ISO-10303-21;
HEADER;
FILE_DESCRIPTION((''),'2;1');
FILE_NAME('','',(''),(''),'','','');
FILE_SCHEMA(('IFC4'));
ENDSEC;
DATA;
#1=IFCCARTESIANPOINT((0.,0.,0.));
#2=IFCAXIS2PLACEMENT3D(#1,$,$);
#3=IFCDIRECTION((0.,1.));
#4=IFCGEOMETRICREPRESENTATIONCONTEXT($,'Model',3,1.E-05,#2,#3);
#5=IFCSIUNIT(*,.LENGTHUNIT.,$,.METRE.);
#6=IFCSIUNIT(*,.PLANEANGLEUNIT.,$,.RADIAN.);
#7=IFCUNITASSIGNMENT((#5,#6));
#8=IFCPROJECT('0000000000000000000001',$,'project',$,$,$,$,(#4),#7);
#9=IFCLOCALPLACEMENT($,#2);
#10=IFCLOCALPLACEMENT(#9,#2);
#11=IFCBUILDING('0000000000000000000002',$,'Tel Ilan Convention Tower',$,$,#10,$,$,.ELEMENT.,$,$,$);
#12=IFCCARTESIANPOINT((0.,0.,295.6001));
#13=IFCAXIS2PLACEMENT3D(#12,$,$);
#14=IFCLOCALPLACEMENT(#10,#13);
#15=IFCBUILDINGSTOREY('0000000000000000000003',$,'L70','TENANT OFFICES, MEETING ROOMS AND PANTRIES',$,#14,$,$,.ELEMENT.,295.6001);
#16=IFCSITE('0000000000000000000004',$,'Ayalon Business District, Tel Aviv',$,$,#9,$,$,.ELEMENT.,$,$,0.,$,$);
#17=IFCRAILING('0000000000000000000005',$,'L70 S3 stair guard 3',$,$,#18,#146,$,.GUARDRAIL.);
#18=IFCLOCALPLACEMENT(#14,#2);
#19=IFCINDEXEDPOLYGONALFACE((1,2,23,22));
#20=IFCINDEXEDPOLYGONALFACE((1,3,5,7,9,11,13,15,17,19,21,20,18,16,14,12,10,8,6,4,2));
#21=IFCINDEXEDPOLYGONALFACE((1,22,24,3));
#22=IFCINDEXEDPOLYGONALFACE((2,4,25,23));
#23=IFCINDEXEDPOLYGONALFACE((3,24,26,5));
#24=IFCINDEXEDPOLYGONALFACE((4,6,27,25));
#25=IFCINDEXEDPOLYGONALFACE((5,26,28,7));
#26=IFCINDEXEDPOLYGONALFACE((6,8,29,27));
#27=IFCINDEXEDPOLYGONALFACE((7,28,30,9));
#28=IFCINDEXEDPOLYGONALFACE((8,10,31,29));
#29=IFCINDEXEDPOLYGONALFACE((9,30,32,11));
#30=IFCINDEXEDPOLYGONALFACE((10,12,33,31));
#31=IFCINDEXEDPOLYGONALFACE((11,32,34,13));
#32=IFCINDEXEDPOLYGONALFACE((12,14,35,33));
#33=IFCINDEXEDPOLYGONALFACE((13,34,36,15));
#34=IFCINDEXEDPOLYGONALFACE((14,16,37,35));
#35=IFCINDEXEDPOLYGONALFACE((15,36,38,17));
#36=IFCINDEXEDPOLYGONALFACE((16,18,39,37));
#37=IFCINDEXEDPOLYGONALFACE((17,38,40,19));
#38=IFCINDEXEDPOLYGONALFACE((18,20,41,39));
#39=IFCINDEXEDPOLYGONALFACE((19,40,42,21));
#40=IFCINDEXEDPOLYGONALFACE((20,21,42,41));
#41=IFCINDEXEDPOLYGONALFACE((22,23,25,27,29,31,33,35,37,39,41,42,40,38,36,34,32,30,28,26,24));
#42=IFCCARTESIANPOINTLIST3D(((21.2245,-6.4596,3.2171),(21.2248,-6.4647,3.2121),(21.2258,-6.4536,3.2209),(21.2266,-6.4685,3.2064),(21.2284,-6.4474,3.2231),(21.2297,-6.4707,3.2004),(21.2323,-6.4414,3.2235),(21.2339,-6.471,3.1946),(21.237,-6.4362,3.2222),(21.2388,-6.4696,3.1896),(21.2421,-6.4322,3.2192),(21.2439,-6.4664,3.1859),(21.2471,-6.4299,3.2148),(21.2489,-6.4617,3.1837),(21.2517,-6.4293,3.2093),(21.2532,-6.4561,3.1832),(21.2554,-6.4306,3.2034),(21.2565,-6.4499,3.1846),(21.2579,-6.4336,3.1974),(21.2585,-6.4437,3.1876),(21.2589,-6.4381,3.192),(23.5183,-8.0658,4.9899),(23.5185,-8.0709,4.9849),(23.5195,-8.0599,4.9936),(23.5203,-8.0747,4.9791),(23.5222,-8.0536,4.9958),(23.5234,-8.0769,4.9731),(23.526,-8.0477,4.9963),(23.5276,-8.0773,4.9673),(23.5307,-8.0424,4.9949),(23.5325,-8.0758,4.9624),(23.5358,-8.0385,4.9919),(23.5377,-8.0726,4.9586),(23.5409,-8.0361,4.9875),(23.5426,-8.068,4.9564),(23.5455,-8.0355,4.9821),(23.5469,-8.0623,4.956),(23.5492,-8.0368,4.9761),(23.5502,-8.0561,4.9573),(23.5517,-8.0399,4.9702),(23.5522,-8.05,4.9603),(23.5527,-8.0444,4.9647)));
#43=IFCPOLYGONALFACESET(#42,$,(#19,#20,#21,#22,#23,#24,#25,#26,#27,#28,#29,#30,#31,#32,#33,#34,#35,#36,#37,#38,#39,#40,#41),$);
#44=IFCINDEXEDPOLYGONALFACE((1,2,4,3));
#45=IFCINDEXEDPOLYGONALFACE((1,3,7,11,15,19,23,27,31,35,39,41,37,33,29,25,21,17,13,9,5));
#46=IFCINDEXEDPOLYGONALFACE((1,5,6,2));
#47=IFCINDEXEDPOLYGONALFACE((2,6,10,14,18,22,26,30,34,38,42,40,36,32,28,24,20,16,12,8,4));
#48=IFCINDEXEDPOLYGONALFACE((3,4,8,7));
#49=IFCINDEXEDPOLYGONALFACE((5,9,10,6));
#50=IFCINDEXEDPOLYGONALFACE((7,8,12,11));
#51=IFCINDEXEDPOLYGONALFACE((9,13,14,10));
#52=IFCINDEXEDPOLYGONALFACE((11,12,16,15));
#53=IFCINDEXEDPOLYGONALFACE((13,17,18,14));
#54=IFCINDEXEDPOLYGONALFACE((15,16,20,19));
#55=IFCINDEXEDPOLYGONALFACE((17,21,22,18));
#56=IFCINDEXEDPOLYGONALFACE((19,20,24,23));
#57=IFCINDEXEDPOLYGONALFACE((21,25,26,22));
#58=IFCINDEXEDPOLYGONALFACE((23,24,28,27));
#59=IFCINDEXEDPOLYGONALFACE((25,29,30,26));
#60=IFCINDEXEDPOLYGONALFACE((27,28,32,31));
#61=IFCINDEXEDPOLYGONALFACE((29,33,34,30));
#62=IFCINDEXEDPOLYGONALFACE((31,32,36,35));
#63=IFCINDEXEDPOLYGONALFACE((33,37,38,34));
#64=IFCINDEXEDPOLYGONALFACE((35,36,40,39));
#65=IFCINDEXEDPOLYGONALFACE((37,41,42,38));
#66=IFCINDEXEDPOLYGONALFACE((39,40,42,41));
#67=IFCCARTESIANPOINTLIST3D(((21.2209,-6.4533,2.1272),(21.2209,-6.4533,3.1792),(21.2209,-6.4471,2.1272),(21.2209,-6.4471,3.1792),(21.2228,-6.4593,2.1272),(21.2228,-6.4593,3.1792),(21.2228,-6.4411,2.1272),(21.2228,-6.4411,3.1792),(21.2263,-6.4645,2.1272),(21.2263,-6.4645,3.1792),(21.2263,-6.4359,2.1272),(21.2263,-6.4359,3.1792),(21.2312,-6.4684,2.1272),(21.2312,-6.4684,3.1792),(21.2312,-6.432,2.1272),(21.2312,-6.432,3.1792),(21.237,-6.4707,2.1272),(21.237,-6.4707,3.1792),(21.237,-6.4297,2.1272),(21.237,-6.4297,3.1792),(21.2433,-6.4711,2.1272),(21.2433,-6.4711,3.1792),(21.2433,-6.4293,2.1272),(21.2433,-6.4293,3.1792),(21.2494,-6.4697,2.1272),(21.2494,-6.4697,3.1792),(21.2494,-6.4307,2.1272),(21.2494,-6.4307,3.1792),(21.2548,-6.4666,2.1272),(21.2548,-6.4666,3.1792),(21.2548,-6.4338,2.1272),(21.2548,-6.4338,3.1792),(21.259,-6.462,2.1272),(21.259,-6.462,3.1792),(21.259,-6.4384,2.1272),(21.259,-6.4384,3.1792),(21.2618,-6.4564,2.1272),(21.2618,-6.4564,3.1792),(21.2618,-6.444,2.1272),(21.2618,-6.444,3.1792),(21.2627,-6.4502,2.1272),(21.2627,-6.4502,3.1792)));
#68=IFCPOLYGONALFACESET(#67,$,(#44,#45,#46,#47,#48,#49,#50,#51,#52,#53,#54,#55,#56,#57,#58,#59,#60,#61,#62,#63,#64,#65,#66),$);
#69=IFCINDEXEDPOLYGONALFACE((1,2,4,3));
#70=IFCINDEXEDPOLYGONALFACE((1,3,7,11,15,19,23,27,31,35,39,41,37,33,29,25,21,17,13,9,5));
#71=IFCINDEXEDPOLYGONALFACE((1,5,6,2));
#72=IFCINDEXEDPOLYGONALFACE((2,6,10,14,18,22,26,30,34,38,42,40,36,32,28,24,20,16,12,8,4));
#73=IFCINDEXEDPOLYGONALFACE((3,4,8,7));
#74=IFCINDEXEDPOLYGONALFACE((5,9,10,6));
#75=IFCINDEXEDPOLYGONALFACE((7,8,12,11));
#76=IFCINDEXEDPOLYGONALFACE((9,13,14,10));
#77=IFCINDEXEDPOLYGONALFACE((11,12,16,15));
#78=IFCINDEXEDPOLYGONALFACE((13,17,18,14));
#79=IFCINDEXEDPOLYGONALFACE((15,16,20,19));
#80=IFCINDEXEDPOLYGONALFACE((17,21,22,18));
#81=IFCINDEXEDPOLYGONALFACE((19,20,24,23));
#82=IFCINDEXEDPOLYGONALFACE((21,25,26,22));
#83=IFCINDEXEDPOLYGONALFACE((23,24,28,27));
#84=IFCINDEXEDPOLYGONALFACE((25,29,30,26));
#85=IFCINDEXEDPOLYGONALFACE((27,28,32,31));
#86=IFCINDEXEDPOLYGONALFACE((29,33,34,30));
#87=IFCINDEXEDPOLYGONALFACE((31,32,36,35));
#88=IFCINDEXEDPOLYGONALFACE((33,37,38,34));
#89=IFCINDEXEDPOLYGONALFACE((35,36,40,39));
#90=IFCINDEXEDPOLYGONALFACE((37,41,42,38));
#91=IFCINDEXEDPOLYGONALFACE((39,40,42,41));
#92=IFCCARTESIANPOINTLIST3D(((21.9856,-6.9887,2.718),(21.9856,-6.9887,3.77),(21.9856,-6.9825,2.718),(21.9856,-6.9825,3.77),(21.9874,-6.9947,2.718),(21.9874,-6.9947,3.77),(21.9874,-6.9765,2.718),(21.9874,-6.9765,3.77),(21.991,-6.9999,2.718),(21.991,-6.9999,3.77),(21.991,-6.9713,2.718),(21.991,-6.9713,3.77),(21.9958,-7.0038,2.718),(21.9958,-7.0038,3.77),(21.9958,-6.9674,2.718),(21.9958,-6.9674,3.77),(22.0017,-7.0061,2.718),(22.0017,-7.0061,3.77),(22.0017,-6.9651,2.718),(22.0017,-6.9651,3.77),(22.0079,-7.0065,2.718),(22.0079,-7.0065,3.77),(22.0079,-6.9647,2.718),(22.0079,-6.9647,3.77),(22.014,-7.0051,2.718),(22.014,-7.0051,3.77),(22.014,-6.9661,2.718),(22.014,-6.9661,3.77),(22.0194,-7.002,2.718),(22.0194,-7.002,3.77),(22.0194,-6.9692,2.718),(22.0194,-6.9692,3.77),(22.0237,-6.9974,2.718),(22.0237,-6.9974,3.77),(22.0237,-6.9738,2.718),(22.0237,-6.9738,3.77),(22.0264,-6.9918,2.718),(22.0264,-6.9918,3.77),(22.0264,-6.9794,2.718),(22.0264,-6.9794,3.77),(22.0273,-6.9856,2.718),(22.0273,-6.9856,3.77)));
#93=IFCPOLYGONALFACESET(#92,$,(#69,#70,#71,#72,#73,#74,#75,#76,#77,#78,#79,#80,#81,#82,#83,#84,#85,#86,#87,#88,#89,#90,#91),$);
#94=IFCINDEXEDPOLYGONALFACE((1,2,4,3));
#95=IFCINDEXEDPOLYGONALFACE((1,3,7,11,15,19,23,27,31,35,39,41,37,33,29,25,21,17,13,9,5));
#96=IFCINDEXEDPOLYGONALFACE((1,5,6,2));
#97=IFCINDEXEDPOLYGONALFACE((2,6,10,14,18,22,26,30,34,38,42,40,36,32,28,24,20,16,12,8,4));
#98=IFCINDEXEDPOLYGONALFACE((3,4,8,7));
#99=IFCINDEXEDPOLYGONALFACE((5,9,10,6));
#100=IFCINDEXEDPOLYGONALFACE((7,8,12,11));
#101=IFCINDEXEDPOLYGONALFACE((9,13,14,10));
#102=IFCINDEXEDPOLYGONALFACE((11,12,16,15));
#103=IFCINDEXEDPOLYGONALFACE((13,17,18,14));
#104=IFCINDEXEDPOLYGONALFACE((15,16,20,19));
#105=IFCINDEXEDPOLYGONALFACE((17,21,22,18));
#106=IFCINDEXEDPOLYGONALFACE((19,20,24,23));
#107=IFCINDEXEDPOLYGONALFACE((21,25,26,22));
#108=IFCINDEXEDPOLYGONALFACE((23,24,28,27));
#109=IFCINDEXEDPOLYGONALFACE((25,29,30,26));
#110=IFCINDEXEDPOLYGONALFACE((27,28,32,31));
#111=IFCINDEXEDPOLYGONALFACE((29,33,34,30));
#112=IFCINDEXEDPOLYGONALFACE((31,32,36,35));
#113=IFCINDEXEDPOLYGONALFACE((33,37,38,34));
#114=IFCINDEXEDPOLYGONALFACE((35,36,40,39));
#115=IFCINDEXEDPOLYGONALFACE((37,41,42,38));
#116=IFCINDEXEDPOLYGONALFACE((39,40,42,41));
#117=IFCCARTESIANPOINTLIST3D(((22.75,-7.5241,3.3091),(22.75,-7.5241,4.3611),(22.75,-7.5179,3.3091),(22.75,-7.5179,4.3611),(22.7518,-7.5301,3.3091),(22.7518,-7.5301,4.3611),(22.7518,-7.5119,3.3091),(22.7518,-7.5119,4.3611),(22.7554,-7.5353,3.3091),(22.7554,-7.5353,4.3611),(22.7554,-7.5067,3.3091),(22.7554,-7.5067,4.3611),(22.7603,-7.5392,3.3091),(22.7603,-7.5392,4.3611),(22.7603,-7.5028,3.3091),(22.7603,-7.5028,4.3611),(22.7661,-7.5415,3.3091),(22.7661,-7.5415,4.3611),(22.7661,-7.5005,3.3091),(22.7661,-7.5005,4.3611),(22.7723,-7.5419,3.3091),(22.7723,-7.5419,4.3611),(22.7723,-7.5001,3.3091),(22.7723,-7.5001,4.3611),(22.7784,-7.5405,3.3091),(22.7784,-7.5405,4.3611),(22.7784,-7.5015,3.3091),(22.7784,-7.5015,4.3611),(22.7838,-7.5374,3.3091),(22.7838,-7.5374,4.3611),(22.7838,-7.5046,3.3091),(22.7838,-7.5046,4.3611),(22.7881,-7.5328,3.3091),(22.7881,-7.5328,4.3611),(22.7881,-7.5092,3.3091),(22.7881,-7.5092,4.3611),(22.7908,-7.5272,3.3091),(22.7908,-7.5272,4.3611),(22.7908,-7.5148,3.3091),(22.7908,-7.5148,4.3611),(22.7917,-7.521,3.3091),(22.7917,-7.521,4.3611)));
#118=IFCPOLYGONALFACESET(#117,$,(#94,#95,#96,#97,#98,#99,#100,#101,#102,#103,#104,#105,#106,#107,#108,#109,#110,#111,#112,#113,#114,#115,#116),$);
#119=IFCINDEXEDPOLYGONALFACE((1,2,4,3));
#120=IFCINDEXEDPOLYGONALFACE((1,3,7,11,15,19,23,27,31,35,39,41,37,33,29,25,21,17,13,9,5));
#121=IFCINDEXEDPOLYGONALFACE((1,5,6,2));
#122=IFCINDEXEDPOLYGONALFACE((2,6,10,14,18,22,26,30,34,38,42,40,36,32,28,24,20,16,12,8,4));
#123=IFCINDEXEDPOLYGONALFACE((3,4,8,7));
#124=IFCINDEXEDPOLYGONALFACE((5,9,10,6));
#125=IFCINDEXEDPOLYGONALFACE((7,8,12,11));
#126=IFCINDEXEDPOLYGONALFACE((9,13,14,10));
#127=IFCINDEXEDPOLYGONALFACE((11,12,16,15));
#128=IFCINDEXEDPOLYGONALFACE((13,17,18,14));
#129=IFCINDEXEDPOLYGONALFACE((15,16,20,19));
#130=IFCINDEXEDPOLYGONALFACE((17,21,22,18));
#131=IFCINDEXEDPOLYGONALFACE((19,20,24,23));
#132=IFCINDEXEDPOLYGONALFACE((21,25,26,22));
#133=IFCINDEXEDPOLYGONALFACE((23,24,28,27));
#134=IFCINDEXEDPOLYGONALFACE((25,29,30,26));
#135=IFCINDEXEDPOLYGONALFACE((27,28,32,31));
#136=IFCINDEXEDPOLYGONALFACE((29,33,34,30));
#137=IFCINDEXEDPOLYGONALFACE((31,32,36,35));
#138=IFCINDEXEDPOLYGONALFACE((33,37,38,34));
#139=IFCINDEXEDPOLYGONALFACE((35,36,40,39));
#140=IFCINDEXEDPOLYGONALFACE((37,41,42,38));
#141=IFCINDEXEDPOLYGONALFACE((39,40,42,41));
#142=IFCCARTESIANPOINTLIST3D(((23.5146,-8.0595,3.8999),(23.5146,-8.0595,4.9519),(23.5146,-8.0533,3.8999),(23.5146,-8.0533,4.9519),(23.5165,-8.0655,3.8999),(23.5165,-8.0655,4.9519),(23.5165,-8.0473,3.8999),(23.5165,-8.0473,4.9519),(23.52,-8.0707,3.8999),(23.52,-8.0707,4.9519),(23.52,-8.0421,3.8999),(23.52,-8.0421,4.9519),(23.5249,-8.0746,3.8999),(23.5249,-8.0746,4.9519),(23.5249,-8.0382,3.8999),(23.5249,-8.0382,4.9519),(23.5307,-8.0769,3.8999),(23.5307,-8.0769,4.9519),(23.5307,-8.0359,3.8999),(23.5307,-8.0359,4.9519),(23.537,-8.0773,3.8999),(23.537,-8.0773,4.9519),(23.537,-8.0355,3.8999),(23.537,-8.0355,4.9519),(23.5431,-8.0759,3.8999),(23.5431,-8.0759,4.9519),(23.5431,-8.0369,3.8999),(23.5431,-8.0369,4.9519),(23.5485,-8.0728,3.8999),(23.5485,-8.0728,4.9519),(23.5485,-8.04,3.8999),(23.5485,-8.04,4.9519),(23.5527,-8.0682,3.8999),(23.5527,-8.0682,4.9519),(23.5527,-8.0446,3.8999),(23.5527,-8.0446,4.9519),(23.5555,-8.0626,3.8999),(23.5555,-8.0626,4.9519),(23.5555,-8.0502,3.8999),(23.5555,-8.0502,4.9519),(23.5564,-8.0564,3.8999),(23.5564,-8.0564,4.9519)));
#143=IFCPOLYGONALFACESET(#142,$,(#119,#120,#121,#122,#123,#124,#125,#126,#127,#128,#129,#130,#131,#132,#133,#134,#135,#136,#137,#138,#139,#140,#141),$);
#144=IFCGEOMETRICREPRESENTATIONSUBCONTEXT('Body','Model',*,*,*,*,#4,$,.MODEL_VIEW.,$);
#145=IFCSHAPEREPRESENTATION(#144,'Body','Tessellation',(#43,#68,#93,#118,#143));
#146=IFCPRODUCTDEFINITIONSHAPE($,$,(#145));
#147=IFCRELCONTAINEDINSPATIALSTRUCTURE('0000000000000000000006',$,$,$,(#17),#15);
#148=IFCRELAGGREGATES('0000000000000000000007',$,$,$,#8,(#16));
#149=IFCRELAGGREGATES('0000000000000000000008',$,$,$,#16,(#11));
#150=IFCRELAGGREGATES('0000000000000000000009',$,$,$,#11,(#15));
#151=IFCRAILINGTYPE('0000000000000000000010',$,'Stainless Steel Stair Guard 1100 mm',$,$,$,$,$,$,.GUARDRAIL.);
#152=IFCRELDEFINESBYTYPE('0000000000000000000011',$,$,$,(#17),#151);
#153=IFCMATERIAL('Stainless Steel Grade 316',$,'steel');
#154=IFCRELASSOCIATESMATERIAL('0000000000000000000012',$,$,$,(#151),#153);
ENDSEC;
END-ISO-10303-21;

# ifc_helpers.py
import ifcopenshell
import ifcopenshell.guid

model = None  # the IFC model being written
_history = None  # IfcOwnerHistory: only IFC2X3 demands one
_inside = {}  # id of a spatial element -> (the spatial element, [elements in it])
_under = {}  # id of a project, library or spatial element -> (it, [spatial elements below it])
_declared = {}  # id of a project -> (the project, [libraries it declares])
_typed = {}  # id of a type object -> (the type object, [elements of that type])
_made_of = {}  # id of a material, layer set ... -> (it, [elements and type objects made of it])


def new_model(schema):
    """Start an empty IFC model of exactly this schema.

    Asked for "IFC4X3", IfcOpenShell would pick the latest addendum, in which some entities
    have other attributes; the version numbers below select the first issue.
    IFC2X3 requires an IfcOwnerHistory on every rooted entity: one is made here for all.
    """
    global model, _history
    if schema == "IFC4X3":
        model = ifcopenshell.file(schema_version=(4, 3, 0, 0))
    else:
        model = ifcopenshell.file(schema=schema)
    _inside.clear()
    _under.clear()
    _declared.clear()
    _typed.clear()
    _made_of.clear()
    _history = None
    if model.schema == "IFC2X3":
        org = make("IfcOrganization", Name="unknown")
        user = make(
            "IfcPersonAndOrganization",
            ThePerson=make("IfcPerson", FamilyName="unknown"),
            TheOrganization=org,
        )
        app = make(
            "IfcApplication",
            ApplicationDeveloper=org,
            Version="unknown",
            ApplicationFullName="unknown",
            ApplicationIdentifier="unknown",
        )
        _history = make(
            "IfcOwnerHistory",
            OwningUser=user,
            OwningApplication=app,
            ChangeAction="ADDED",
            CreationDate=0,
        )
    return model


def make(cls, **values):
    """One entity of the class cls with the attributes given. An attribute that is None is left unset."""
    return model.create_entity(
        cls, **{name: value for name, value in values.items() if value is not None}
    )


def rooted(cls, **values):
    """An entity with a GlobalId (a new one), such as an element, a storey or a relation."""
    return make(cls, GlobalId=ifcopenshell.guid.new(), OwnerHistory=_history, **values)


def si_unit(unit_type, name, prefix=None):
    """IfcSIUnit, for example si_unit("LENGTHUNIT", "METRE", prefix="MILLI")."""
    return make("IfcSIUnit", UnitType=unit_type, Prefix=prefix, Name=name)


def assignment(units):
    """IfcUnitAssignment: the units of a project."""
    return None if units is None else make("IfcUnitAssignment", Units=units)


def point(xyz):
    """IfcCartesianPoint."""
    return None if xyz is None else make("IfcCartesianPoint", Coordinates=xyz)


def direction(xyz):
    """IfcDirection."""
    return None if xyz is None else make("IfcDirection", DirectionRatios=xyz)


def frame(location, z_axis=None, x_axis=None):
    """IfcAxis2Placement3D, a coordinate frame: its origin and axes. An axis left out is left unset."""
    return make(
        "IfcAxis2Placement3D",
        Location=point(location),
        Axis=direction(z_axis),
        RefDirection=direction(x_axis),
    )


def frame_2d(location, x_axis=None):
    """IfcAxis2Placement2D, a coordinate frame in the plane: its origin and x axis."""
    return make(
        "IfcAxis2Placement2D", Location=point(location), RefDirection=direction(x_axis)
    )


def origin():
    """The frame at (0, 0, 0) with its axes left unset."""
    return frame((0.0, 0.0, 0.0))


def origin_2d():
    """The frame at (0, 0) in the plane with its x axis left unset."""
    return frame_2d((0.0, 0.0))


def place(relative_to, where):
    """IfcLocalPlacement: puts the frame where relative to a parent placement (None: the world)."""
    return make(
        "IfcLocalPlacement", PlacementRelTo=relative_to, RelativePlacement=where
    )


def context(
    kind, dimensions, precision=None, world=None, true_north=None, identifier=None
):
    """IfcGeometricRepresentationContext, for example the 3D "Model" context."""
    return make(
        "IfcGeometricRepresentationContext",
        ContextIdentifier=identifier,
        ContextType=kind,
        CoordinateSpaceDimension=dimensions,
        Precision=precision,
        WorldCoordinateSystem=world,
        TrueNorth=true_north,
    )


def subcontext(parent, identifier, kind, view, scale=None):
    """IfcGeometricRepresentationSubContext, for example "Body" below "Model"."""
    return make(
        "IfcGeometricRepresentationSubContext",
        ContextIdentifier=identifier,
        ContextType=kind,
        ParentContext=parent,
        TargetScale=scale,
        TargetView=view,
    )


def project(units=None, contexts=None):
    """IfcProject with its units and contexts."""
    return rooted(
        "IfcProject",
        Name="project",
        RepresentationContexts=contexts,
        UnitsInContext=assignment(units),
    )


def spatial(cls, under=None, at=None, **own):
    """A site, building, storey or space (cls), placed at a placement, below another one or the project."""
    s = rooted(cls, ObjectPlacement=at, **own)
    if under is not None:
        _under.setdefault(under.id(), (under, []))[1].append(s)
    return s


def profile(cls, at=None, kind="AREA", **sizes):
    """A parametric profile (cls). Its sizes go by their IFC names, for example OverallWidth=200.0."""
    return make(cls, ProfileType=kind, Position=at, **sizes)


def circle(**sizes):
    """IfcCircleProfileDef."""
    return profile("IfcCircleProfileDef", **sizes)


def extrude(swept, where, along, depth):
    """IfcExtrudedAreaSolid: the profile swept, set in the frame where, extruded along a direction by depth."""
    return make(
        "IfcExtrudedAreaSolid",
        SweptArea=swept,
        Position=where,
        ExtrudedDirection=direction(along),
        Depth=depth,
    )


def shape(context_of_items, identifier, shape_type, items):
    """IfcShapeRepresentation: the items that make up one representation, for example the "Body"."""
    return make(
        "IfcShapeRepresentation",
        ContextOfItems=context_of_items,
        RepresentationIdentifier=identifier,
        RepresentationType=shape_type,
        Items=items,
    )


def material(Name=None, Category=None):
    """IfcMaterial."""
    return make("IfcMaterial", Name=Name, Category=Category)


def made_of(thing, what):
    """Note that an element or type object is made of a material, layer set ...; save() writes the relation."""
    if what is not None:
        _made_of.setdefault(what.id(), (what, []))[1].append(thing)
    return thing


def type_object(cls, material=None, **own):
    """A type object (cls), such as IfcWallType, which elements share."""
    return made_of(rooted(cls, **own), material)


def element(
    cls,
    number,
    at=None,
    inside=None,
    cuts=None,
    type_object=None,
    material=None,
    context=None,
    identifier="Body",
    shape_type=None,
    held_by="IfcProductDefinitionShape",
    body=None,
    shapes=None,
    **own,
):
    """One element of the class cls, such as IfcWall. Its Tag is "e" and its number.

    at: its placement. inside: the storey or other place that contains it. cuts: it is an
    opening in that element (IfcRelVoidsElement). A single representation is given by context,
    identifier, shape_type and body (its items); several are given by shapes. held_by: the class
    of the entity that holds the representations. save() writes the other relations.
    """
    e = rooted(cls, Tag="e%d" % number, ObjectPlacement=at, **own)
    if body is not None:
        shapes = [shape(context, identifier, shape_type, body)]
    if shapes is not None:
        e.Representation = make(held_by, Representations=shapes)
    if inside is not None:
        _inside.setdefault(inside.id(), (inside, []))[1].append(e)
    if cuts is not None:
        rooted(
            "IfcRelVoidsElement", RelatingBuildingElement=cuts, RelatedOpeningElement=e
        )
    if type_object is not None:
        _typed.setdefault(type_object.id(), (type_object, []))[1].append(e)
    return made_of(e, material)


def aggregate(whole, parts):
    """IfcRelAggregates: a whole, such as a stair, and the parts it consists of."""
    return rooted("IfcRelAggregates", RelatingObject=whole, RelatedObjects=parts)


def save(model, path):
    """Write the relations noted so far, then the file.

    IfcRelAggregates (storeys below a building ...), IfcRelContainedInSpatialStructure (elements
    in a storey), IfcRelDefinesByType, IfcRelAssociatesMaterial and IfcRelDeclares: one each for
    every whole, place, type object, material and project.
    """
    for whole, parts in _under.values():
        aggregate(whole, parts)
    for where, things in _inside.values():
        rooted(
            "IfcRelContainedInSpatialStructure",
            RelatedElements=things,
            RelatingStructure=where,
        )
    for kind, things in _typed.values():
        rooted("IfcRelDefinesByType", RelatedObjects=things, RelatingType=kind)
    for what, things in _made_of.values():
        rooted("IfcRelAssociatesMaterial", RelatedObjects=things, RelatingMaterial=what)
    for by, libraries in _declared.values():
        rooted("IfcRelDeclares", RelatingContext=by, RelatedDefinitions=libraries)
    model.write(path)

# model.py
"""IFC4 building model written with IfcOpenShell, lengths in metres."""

from ifc_helpers import new_model, si_unit, direction, frame, origin, origin_2d, place, context, subcontext, project, spatial, circle, extrude, material, type_object, element, save


model = new_model("IFC4")

# Units and contexts
model_context = context("Model", 3, precision=1e-05, world=origin(), true_north=direction((0.0, 1.0)))
body_context = subcontext(model_context, "Body", "Model", "MODEL_VIEW")
ifc_project = project(units=[si_unit("LENGTHUNIT", "METRE"), si_unit("PLANEANGLEUNIT", "RADIAN")], contexts=[model_context])

# Site, building, storey
site_placement = place(None, origin())
site = spatial("IfcSite", under=ifc_project, at=site_placement, Name="Ayalon Business District, Tel Aviv", CompositionType="ELEMENT", RefElevation=0.0)
building_placement = place(site_placement, origin())
building = spatial("IfcBuilding", under=site, at=building_placement, Name="Tel Ilan Convention Tower", CompositionType="ELEMENT")
storey_placement = place(building_placement, frame((0.0, 0.0, 295.6001)))
storey = spatial("IfcBuildingStorey", under=building, at=storey_placement, Name="L70", Description="TENANT OFFICES, MEETING ROOMS AND PANTRIES", CompositionType="ELEMENT", Elevation=295.6001)

# Railing
ifc_material_1 = material(Name="Stainless Steel Grade 316", Category="steel")
railing_type_1 = type_object("IfcRailingType", Name="Stainless Steel Stair Guard 1100 mm", PredefinedType="GUARDRAIL", material=ifc_material_1)
railing_1_placement = place(storey_placement, frame((21.2417, -6.4502, 2.1272)))
element("IfcRailing", 1, at=railing_1_placement, inside=storey, type_object=railing_type_1, Name="L70 S3 stair guard 3", PredefinedType="GUARDRAIL", context=body_context, shape_type="SweptSolid", body=[
    extrude(circle(Radius=0.0239, at=origin_2d()), frame((0.0, 0.0, 1.0762), z_axis=(0.692098, -0.484653, 0.534894), x_axis=(0.573609, 0.81913, 0.0)), (0.0, 0.0, 1.0), 3.3142),
    extrude(circle(Radius=0.021, at=origin_2d()), origin(), (0.0, 0.0, 1.0), 1.052),
    extrude(circle(Radius=0.021, at=origin_2d()), frame((0.7646, -0.5354, 0.5908)), (0.0, 0.0, 1.0), 1.052),
    extrude(circle(Radius=0.021, at=origin_2d()), frame((1.5291, -1.0708, 1.1819)), (0.0, 0.0, 1.0), 1.052),
    extrude(circle(Radius=0.021, at=origin_2d()), frame((2.2937, -1.6062, 1.7727)), (0.0, 0.0, 1.0), 1.052),
])

save(model, "model.ifc")
